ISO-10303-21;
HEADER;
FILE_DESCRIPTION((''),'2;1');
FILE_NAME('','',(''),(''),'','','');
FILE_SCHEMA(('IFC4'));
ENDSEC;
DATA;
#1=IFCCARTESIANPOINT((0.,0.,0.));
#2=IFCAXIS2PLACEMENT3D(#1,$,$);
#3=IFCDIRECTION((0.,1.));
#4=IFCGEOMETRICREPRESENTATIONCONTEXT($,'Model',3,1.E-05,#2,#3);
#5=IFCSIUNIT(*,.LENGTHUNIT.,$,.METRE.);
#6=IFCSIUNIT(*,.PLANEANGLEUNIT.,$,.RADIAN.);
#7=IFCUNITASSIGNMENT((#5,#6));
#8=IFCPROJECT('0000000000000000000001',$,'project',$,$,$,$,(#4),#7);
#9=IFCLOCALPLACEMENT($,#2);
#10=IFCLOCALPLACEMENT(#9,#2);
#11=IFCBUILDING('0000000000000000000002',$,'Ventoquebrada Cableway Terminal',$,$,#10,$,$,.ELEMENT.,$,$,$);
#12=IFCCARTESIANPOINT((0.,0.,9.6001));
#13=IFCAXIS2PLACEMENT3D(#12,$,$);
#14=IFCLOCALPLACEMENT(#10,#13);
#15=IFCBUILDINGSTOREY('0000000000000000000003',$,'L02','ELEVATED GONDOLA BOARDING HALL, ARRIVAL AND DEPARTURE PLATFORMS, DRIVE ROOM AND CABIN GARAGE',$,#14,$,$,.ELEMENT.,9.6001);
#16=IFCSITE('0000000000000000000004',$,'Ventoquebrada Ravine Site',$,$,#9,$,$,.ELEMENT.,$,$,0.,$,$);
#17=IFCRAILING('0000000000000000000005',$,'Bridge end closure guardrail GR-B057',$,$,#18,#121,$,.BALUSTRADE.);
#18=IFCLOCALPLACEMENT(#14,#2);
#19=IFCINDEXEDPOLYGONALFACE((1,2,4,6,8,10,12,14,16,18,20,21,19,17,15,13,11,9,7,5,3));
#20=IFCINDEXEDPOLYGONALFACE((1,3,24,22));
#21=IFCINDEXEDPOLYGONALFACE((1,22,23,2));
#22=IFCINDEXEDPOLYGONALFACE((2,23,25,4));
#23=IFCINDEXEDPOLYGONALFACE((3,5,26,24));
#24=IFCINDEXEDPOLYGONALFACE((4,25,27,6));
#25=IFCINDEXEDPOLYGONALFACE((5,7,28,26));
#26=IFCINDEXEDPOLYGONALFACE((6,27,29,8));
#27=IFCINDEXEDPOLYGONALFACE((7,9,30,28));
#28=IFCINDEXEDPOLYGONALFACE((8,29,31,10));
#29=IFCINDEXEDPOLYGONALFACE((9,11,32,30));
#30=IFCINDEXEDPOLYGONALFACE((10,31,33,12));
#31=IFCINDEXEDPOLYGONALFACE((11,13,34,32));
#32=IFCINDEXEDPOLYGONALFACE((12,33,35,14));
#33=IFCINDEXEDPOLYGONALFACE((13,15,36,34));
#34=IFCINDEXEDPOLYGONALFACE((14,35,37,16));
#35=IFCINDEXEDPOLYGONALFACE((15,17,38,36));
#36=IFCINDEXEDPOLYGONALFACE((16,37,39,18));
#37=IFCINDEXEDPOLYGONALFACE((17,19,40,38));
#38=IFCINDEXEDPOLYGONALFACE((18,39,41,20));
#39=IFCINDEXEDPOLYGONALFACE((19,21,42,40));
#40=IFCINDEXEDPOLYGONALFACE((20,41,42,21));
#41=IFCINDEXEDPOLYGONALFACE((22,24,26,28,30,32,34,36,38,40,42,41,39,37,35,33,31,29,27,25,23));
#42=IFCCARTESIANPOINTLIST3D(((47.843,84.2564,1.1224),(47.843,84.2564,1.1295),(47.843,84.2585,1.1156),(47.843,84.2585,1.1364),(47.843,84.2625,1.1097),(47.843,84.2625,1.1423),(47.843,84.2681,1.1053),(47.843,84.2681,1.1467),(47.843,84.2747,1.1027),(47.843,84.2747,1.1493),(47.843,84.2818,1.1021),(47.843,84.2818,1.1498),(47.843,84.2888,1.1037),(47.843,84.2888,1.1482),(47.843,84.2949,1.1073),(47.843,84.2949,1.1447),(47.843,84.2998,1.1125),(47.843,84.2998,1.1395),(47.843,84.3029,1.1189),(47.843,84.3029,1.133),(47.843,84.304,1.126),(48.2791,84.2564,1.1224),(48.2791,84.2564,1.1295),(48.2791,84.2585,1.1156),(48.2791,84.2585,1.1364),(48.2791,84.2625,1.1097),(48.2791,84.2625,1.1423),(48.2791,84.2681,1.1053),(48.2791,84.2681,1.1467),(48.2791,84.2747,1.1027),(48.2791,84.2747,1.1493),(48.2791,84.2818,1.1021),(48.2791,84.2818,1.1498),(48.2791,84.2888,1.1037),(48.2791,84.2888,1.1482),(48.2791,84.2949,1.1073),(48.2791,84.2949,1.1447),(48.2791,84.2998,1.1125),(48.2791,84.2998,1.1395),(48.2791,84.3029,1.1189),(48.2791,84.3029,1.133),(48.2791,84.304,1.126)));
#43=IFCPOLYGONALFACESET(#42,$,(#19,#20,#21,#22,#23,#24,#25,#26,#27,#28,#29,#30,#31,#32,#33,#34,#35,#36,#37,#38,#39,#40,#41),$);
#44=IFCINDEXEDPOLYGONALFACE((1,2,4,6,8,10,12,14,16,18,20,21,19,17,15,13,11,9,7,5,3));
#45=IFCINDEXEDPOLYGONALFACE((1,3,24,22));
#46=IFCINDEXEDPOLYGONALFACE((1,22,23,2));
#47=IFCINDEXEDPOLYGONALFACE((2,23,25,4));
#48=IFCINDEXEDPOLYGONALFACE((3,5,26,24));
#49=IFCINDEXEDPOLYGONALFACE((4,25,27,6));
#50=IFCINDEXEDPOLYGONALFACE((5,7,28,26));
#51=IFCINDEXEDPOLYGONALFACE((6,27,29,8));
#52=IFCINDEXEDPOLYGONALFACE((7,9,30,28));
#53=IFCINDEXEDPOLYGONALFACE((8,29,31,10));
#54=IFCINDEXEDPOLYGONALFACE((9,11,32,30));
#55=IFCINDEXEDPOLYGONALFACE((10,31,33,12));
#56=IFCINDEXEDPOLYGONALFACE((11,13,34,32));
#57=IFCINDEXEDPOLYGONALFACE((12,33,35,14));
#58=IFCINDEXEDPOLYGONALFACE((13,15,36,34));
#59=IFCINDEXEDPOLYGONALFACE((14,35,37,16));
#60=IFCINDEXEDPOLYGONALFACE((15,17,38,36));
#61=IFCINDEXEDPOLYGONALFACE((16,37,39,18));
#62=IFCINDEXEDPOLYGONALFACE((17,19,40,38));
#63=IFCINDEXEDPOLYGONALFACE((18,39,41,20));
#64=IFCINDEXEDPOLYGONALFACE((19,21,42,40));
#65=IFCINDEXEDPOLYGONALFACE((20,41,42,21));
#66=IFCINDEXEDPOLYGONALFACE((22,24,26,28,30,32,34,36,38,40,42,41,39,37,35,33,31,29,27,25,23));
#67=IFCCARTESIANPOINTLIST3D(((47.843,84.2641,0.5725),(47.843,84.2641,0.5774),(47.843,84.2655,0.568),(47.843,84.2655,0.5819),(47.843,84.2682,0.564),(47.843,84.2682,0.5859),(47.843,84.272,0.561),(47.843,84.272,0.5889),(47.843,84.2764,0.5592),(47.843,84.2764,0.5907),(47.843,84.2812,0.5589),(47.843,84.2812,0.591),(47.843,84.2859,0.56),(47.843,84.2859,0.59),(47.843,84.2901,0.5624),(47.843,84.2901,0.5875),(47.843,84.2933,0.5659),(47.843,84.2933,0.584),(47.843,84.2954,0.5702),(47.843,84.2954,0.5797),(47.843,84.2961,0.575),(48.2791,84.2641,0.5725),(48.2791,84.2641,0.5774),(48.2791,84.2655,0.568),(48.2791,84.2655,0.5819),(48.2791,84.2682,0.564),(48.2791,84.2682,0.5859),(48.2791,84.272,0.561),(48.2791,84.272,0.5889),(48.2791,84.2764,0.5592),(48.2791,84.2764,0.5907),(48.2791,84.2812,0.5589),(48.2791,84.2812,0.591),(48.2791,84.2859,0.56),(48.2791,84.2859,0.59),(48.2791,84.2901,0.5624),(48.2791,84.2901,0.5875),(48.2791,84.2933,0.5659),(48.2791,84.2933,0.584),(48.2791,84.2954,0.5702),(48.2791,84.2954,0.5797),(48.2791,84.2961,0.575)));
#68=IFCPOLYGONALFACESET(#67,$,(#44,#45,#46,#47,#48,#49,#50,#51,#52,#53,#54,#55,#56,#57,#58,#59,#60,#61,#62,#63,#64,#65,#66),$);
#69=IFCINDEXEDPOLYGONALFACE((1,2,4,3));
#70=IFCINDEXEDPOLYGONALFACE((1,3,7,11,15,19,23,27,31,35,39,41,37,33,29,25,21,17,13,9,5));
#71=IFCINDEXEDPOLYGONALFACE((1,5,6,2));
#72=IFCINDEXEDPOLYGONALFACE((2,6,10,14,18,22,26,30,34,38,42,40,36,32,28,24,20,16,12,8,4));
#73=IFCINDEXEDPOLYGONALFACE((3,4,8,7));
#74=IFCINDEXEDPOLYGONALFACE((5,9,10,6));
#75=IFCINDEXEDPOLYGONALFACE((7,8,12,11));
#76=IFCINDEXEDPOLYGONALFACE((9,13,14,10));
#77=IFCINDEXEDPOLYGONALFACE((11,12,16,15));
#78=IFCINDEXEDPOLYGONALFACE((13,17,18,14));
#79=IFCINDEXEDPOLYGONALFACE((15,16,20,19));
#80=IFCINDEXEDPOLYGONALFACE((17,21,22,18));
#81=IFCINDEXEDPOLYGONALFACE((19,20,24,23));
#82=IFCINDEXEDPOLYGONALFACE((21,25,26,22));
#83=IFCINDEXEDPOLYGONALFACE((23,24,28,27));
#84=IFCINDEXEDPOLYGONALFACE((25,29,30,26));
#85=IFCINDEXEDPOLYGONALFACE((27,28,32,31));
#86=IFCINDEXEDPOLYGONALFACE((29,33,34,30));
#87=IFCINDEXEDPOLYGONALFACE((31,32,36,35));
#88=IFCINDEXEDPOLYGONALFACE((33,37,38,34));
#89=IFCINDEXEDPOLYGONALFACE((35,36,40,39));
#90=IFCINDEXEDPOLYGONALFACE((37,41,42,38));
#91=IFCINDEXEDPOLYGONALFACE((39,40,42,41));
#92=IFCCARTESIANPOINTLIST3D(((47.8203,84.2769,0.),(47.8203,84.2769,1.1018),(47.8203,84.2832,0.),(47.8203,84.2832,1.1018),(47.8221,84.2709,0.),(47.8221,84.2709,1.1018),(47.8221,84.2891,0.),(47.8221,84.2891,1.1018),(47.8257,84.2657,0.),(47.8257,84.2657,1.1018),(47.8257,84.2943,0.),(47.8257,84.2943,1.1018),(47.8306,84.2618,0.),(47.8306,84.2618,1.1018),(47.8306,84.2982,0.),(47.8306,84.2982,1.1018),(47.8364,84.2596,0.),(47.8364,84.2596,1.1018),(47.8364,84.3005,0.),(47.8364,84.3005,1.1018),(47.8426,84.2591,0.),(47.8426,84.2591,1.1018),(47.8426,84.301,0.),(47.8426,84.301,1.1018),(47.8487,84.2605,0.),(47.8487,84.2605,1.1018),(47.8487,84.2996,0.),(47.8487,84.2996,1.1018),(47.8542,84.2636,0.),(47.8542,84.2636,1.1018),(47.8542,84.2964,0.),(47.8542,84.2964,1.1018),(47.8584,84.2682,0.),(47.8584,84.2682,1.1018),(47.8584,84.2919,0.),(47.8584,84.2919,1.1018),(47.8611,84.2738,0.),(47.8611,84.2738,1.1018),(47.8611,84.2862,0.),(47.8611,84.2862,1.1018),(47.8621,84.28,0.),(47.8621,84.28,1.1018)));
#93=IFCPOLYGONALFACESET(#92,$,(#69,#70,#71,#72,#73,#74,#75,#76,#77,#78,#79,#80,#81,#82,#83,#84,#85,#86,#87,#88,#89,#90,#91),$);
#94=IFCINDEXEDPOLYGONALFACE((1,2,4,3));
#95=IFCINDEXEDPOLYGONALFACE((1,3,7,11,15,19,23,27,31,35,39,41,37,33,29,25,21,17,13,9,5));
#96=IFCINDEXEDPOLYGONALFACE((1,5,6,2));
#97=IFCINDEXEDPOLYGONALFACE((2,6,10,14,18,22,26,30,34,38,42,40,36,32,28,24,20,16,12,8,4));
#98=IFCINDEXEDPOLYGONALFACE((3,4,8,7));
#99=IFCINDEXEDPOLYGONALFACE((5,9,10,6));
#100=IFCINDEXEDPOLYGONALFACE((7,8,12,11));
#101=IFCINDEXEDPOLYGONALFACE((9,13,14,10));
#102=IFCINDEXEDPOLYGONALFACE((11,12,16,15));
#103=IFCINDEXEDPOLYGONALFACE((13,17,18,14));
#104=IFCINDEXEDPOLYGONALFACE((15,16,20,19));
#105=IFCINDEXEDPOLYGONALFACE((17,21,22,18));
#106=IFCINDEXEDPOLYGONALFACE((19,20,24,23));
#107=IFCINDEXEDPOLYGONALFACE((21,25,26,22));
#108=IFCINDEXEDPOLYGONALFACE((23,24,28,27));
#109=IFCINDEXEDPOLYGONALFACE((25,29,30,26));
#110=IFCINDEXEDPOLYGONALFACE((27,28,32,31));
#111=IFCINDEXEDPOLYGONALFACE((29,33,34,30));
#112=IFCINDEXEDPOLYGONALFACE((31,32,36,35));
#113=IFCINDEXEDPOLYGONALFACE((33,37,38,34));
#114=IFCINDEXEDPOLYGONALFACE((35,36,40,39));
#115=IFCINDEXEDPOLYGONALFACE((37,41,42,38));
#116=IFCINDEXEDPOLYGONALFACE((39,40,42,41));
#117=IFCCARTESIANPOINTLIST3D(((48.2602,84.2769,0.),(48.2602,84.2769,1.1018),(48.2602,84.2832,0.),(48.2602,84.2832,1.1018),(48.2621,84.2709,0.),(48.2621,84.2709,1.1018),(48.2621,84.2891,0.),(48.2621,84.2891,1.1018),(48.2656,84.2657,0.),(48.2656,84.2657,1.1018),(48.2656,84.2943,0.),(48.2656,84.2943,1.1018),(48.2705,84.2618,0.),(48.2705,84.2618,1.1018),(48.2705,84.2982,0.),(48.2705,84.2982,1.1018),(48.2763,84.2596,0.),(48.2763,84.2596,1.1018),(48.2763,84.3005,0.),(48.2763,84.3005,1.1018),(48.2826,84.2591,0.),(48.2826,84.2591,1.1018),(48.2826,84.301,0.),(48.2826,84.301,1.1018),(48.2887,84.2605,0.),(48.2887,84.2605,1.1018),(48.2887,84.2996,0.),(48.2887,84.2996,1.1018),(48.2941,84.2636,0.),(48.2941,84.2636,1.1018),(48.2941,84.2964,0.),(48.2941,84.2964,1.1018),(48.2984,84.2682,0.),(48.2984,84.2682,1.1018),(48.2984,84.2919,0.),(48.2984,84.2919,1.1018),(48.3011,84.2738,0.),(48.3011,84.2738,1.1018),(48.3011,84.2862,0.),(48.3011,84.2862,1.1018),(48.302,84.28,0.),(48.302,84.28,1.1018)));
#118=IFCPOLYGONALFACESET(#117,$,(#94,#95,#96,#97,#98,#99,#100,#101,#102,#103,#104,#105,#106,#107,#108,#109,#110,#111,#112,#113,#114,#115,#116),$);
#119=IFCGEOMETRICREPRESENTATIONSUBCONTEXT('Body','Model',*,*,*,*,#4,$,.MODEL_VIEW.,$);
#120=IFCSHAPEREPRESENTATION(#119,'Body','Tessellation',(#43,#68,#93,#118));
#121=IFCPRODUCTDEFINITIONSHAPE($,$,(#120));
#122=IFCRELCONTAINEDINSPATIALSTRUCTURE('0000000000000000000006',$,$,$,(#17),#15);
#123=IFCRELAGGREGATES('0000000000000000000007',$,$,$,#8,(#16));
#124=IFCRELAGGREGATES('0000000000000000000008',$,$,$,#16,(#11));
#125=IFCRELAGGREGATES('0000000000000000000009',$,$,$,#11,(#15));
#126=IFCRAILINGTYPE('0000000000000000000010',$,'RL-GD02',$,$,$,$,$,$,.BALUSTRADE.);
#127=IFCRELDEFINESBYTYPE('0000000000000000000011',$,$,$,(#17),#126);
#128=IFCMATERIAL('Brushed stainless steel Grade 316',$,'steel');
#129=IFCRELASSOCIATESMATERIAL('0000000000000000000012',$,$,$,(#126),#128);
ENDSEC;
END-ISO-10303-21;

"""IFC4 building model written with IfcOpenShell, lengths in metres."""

from ifc_helpers import new_model, si_unit, direction, frame, origin, origin_2d, place, context, subcontext, project, spatial, circle, extrude, material, type_object, element, save


model = new_model("IFC4")

# Units and contexts
model_context = context("Model", 3, precision=1e-05, world=origin(), true_north=direction((0.0, 1.0)))
body_context = subcontext(model_context, "Body", "Model", "MODEL_VIEW")
ifc_project = project(units=[si_unit("LENGTHUNIT", "METRE"), si_unit("PLANEANGLEUNIT", "RADIAN")], contexts=[model_context])

# Site, building, storey
site_placement = place(None, origin())
site = spatial("IfcSite", under=ifc_project, at=site_placement, Name="Ventoquebrada Ravine Site", CompositionType="ELEMENT", RefElevation=0.0)
building_placement = place(site_placement, origin())
building = spatial("IfcBuilding", under=site, at=building_placement, Name="Ventoquebrada Cableway Terminal", CompositionType="ELEMENT")
storey_placement = place(building_placement, frame((0.0, 0.0, 9.6001)))
storey = spatial("IfcBuildingStorey", under=building, at=storey_placement, Name="L02", Description="ELEVATED GONDOLA BOARDING HALL, ARRIVAL AND DEPARTURE PLATFORMS, DRIVE ROOM AND CABIN GARAGE", CompositionType="ELEMENT", Elevation=9.6001)

# Railing
ifc_material_1 = material(Name="Brushed stainless steel Grade 316", Category="steel")
railing_type_1 = type_object("IfcRailingType", Name="RL-GD02", PredefinedType="BALUSTRADE", material=ifc_material_1)
for number, where, name in (
    (1, (47.8411, 84.28, 0.0), "Bridge end closure guardrail GR-B057"),
):
    element("IfcRailing", number, at=place(storey_placement, frame(where)), inside=storey, type_object=railing_type_1, Name=name, PredefinedType="BALUSTRADE", context=body_context, shape_type="SweptSolid", body=[
        extrude(circle(Radius=0.0239, at=origin_2d()), frame((0.002, 0.0, 1.126), z_axis=(1.0, 0.0, 0.0), x_axis=(0.0, 1.0, 0.0)), (0.0, 0.0, 1.0), 0.436),
        extrude(circle(Radius=0.0161, at=origin_2d()), frame((0.002, 0.0, 0.575), z_axis=(1.0, 0.0, 0.0), x_axis=(0.0, 1.0, 0.0)), (0.0, 0.0, 1.0), 0.436),
        extrude(circle(Radius=0.021, at=origin_2d()), origin(), (0.0, 0.0, 1.0), 1.1018),
        extrude(circle(Radius=0.021, at=origin_2d()), frame((0.4399, 0.0, 0.0)), (0.0, 0.0, 1.0), 1.1018),
    ])

save(model, "model.ifc")
